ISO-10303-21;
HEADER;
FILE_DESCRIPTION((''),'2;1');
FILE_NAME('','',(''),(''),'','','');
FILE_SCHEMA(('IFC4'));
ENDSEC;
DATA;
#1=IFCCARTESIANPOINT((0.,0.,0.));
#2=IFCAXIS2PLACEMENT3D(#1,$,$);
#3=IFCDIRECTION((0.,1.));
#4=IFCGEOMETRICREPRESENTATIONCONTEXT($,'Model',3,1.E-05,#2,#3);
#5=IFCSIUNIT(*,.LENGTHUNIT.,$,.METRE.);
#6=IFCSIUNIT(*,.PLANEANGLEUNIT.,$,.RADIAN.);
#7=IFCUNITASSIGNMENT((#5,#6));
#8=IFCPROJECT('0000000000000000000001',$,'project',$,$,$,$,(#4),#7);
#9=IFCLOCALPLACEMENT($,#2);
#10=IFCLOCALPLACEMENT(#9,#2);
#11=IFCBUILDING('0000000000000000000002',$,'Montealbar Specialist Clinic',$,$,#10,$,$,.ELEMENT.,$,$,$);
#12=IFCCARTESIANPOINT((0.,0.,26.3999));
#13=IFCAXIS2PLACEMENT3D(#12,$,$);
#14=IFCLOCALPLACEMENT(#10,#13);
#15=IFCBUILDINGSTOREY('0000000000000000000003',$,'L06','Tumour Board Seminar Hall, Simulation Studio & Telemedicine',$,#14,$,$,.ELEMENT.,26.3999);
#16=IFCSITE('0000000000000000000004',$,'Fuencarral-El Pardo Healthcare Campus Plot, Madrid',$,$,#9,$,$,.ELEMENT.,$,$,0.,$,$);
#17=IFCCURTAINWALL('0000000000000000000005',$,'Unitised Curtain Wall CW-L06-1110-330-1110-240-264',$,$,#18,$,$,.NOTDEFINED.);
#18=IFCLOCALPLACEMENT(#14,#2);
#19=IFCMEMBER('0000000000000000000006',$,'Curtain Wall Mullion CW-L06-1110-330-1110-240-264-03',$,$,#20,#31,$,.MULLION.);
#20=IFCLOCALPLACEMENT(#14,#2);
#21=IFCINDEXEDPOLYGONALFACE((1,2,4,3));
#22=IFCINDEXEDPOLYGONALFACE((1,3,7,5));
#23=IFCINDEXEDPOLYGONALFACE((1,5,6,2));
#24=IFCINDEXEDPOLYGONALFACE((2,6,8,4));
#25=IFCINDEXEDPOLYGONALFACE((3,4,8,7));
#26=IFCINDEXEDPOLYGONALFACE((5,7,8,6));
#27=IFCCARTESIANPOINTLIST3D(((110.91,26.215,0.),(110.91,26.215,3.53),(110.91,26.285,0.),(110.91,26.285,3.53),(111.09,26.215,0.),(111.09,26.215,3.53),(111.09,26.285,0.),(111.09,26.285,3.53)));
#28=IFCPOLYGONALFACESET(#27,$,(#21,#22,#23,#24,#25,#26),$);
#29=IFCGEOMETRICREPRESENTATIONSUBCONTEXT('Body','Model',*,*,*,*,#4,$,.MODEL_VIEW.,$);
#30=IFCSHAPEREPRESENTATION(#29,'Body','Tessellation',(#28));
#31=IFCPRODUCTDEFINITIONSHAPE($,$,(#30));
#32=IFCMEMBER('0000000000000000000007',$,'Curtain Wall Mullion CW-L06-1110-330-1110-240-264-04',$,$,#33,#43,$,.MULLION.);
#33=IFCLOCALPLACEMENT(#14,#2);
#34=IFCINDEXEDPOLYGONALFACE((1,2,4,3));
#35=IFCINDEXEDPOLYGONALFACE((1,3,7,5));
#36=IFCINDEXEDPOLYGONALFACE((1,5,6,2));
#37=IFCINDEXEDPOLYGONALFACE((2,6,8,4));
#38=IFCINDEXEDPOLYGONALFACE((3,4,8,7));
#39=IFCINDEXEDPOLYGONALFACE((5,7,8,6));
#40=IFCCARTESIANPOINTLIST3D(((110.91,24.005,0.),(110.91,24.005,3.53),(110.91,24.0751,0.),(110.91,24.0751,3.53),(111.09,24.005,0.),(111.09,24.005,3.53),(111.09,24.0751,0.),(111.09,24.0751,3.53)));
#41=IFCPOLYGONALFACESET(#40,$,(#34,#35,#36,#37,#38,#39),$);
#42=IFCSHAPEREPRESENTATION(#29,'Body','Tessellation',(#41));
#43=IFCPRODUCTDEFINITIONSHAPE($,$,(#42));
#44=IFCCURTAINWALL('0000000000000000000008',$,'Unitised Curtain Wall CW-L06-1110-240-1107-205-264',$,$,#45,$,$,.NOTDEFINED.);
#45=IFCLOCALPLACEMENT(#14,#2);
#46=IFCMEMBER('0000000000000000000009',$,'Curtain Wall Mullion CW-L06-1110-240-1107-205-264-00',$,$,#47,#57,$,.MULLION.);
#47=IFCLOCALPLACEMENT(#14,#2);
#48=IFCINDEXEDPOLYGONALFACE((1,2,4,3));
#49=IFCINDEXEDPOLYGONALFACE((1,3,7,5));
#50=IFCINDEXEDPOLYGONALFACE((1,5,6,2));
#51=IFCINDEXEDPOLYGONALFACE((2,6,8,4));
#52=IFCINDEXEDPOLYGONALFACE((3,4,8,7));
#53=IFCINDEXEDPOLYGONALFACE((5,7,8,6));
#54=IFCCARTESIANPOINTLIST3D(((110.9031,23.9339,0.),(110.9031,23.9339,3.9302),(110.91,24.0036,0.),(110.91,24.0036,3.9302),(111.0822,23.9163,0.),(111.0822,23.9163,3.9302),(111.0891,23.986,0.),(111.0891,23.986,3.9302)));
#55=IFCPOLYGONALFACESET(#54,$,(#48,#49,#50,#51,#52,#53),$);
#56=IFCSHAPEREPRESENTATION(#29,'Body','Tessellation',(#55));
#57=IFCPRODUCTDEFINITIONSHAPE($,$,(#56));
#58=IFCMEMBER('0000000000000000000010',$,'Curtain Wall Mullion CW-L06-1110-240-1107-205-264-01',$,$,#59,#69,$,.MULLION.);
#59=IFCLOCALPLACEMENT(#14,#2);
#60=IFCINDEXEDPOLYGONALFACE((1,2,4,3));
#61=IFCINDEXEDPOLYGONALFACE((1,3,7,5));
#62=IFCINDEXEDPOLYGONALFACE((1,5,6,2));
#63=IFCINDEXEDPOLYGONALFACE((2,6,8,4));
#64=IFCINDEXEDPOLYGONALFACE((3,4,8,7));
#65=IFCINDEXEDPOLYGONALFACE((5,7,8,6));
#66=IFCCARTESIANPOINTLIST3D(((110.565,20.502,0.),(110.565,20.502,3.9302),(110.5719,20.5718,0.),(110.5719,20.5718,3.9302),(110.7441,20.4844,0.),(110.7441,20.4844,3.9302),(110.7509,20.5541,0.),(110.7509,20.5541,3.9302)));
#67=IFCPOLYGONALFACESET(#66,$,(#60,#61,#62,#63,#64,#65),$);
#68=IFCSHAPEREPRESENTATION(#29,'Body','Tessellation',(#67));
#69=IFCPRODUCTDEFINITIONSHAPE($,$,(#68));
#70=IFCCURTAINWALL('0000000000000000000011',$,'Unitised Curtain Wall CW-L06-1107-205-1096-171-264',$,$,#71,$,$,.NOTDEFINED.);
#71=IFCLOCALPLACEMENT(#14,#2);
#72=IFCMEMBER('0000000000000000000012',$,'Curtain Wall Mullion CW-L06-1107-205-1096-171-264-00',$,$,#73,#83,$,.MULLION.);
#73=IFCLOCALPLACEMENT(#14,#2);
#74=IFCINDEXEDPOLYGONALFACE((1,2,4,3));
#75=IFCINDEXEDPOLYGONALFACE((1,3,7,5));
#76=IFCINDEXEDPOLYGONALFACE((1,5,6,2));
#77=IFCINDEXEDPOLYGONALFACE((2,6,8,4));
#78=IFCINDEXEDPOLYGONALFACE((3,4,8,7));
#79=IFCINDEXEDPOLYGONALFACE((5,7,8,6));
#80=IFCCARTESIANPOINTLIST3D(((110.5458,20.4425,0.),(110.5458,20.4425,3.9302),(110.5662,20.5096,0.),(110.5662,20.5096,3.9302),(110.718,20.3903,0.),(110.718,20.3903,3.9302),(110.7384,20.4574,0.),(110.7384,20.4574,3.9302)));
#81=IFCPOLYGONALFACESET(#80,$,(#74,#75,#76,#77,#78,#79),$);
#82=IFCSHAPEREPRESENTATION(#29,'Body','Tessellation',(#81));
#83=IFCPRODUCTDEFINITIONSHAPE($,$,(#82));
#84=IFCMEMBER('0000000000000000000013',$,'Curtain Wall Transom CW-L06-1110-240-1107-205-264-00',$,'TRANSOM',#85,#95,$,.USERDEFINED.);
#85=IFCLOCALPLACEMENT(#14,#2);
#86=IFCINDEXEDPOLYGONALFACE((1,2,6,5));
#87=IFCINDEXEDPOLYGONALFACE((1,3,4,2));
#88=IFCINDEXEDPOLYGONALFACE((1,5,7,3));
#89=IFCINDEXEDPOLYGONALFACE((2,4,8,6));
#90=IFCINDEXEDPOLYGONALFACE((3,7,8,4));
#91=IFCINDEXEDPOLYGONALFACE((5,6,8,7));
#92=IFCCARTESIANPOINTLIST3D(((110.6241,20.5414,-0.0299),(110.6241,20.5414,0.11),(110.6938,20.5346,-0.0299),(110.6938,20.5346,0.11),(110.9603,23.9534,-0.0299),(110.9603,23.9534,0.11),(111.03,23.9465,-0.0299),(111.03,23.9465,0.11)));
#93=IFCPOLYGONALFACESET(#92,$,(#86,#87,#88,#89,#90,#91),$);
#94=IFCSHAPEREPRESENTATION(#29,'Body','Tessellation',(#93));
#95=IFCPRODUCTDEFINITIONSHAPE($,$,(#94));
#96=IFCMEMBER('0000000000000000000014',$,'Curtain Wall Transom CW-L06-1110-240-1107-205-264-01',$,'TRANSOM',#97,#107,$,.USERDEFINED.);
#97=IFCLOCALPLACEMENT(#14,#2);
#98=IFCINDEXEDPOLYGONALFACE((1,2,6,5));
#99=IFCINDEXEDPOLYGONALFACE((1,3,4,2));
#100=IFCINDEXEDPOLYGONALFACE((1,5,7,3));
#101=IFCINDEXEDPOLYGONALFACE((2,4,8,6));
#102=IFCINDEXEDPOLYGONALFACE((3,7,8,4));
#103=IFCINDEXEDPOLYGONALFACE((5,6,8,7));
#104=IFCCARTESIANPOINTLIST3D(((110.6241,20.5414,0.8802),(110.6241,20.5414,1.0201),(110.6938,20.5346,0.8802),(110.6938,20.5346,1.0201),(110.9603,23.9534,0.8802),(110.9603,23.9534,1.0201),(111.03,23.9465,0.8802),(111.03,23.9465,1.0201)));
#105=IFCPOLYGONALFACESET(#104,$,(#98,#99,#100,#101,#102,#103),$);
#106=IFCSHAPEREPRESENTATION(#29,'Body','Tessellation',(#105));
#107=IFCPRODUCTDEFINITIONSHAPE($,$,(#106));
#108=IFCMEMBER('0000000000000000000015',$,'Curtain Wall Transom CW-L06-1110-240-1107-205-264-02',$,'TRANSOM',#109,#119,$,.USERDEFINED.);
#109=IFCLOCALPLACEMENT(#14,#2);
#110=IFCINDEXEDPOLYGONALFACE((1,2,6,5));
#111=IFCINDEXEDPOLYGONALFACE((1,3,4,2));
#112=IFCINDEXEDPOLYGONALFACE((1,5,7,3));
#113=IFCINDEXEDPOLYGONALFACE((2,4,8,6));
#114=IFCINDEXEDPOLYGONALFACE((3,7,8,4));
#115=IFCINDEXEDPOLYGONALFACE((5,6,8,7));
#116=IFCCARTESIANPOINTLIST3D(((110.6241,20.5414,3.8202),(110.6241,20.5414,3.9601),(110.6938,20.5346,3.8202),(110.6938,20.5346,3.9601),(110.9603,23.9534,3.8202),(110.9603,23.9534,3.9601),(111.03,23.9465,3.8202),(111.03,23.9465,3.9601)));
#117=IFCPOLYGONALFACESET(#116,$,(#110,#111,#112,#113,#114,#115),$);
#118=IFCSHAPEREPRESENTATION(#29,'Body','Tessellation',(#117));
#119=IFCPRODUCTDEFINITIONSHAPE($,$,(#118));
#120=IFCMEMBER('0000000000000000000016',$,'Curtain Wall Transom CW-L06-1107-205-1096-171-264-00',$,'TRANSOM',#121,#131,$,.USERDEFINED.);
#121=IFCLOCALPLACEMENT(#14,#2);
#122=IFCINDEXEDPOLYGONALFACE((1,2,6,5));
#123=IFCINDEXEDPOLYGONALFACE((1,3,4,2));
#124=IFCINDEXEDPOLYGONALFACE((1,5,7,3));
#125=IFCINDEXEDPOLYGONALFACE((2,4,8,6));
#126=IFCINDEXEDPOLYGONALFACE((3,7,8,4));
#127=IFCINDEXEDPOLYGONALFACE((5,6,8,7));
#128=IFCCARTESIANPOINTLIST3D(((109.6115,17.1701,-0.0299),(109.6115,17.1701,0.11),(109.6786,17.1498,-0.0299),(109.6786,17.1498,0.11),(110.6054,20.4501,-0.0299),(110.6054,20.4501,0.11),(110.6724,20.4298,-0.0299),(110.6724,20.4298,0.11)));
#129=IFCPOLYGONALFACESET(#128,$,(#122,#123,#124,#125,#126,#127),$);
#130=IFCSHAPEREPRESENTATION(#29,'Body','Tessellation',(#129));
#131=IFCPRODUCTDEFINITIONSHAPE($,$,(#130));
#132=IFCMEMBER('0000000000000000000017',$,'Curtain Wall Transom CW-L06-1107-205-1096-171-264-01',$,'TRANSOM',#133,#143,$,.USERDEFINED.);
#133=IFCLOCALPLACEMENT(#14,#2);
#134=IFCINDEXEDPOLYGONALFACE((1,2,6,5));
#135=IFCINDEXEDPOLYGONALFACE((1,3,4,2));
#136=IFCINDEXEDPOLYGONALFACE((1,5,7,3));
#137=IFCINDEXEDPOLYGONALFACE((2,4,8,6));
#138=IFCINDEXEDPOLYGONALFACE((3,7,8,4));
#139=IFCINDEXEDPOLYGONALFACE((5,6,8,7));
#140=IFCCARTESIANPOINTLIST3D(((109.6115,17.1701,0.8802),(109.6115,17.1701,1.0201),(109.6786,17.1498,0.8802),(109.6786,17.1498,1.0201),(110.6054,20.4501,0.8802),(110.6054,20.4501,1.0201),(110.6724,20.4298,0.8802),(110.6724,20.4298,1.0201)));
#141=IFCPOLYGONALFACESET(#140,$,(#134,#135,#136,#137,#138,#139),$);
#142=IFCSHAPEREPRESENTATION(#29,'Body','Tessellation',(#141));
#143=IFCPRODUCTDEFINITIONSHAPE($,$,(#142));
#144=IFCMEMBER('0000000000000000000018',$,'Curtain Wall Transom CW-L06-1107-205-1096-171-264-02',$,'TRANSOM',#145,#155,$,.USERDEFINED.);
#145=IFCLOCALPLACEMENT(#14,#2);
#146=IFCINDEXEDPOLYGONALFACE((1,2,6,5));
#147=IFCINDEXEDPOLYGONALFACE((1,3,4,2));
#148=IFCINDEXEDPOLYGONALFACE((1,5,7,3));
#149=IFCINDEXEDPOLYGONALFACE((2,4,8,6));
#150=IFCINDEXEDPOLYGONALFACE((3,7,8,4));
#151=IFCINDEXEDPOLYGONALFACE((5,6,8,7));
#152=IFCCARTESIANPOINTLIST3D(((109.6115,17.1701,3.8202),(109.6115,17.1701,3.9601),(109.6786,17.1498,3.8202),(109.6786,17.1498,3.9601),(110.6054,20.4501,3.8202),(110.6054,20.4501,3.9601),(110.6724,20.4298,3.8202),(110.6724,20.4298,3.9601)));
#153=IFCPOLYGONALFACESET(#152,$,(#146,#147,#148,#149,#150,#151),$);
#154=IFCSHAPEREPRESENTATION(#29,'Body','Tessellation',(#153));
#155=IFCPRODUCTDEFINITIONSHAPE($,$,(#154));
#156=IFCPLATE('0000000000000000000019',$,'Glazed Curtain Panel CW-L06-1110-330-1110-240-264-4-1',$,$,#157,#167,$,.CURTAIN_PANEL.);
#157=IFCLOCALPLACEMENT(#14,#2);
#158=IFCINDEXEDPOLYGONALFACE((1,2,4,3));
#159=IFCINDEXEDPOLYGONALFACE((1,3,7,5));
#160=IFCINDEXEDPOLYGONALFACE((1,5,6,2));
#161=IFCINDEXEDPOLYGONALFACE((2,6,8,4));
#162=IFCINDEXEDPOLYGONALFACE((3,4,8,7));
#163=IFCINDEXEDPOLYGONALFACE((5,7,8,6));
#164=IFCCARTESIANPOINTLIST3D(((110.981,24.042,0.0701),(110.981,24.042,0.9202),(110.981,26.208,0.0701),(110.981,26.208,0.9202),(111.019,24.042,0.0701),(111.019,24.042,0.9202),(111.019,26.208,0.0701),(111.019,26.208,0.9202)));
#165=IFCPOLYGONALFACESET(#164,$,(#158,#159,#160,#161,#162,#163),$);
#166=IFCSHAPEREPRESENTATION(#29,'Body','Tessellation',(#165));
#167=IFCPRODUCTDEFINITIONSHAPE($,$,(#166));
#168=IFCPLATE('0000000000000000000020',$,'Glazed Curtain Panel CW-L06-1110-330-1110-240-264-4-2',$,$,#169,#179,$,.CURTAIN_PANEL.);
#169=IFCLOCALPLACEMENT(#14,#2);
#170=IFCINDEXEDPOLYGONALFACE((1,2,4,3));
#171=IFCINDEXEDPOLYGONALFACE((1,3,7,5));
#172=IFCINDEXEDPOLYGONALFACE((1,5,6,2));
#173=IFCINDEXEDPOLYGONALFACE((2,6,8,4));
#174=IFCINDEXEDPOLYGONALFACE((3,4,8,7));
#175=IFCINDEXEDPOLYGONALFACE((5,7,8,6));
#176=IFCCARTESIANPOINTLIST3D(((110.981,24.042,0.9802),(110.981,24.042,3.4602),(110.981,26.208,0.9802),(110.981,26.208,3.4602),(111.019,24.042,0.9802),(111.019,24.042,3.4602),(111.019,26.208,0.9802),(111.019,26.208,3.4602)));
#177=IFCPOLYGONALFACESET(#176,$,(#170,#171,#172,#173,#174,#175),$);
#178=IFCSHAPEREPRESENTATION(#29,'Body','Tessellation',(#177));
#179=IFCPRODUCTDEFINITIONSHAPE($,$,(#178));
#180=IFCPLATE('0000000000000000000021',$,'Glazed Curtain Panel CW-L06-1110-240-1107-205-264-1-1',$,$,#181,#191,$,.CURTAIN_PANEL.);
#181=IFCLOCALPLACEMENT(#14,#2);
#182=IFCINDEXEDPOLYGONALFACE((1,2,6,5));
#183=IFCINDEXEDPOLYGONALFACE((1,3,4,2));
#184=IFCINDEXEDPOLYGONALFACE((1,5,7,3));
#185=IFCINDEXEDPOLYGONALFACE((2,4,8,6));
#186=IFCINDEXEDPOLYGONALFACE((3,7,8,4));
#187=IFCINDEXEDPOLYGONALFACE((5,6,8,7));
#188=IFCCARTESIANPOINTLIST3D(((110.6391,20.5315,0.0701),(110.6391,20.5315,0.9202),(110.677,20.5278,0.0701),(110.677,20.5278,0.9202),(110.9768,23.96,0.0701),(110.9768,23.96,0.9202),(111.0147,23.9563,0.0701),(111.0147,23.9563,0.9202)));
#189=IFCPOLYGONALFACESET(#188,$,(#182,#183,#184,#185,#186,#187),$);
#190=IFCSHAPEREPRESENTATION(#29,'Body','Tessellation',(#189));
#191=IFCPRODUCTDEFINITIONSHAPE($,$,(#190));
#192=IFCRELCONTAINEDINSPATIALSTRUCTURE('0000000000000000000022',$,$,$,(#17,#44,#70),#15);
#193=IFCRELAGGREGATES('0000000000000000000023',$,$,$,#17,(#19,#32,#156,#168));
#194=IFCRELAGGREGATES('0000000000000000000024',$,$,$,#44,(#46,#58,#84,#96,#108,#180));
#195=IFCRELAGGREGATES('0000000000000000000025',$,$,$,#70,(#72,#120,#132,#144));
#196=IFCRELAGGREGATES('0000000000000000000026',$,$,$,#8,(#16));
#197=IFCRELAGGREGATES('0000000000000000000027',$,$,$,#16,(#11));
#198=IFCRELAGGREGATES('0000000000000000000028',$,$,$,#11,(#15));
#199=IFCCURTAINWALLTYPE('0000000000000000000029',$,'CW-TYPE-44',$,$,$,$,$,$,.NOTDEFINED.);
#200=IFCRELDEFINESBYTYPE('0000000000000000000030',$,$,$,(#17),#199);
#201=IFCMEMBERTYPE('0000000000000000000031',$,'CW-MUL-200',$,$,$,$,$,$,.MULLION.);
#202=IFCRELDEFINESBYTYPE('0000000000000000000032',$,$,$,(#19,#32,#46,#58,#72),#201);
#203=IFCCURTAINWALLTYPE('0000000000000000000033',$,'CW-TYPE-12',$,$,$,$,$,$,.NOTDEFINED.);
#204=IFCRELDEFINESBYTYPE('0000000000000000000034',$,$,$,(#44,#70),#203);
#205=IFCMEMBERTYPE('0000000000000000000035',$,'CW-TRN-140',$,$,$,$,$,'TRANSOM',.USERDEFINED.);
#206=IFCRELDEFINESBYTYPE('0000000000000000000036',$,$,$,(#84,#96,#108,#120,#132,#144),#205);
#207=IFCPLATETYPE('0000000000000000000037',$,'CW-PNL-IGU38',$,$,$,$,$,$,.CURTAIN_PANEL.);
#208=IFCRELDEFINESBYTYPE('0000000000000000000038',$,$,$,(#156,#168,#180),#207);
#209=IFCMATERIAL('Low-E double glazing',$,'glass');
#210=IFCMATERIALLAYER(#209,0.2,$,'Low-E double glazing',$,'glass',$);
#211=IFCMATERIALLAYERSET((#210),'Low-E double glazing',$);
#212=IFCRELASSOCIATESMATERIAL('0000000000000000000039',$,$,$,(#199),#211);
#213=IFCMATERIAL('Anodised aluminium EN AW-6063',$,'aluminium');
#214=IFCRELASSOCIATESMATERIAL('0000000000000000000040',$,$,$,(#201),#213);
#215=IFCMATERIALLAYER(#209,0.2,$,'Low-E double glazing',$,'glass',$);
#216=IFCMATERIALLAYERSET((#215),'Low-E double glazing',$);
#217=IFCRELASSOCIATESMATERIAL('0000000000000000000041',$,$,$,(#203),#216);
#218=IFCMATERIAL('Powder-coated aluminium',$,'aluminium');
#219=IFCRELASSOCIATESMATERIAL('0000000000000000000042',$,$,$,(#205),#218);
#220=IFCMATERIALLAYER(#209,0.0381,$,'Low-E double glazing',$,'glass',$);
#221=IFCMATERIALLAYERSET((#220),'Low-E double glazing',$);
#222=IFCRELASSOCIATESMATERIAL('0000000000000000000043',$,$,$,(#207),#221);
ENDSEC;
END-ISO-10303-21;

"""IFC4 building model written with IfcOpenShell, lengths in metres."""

from ifc_helpers import new_model, si_unit, direction, frame, origin, origin_2d, place, context, subcontext, project, spatial, rectangle, extrude, material, layer, layer_set, material_profile, profile_set, type_object, element, aggregate, save


model = new_model("IFC4")

# Units and contexts
model_context = context("Model", 3, precision=1e-05, world=origin(), true_north=direction((0.0, 1.0)))
body_context = subcontext(model_context, "Body", "Model", "MODEL_VIEW")
ifc_project = project(units=[si_unit("LENGTHUNIT", "METRE"), si_unit("PLANEANGLEUNIT", "RADIAN")], contexts=[model_context])

# Site, building, storey
site_placement = place(None, origin())
site = spatial("IfcSite", under=ifc_project, at=site_placement, Name="Fuencarral-El Pardo Healthcare Campus Plot, Madrid", CompositionType="ELEMENT", RefElevation=0.0)
building_placement = place(site_placement, origin())
building = spatial("IfcBuilding", under=site, at=building_placement, Name="Montealbar Specialist Clinic", CompositionType="ELEMENT")
storey_placement = place(building_placement, frame((0.0, 0.0, 26.3999)))
storey = spatial("IfcBuildingStorey", under=building, at=storey_placement, Name="L06", Description="Tumour Board Seminar Hall, Simulation Studio & Telemedicine", CompositionType="ELEMENT", Elevation=26.3999)

# Curtain walls, members
ifc_material_1 = material(Name="Low-E double glazing", Category="glass")
ifc_layer_1 = layer(ifc_material_1, 0.2, Name="Low-E double glazing", Category="glass")
ifc_layer_set_1 = layer_set([ifc_layer_1], Name="Low-E double glazing")
curtain_wall_type_1 = type_object("IfcCurtainWallType", Name="CW-TYPE-44", PredefinedType="NOTDEFINED", material=ifc_layer_set_1)
curtain_wall_1_placement = place(storey_placement, origin())
curtain_wall_1 = element("IfcCurtainWall", 1, at=curtain_wall_1_placement, inside=storey, type_object=curtain_wall_type_1, Name="Unitised Curtain Wall CW-L06-1110-330-1110-240-264", PredefinedType="NOTDEFINED")
ifc_material_2 = material(Name="Anodised aluminium EN AW-6063", Category="aluminium")
ifc_material_profile_1 = material_profile(ifc_material_2, rectangle(XDim=0.0701, YDim=0.1799, at=origin_2d()), Name="ALU 70x180", Category="aluminium")
ifc_profile_set_1 = profile_set([ifc_material_profile_1], Name="Anodised aluminium EN AW-6063")
member_type_1 = type_object("IfcMemberType", Name="CW-MUL-200", PredefinedType="MULLION", material=ifc_profile_set_1)
member_1_placement = place(storey_placement, frame((111.0, 26.25, 0.0), z_axis=(0.0, 0.0, 1.0), x_axis=(0.0, -1.0, 0.0)))
member_1 = element("IfcMember", 2, at=member_1_placement, type_object=member_type_1, Name="Curtain Wall Mullion CW-L06-1110-330-1110-240-264-03", PredefinedType="MULLION", context=body_context, shape_type="SweptSolid", body=[
    extrude(rectangle(XDim=0.0701, YDim=0.1799, at=origin_2d()), origin(), (0.0, 0.0, 1.0), 3.53),
])
member_2_placement = place(storey_placement, frame((111.0, 24.04, 0.0), z_axis=(0.0, 0.0, 1.0), x_axis=(0.0, -1.0, 0.0)))
member_2 = element("IfcMember", 3, at=member_2_placement, type_object=member_type_1, Name="Curtain Wall Mullion CW-L06-1110-330-1110-240-264-04", PredefinedType="MULLION", context=body_context, shape_type="SweptSolid", body=[
    extrude(rectangle(XDim=0.0701, YDim=0.1799, at=origin_2d()), origin(), (0.0, 0.0, 1.0), 3.53),
])
ifc_layer_2 = layer(ifc_material_1, 0.2, Name="Low-E double glazing", Category="glass")
ifc_layer_set_2 = layer_set([ifc_layer_2], Name="Low-E double glazing")
curtain_wall_type_2 = type_object("IfcCurtainWallType", Name="CW-TYPE-12", PredefinedType="NOTDEFINED", material=ifc_layer_set_2)
curtain_wall_2_placement = place(storey_placement, origin())
curtain_wall_2 = element("IfcCurtainWall", 4, at=curtain_wall_2_placement, inside=storey, type_object=curtain_wall_type_2, Name="Unitised Curtain Wall CW-L06-1110-240-1107-205-264", PredefinedType="NOTDEFINED")
member_3_placement = place(storey_placement, frame((110.9961, 23.96, 0.0), z_axis=(0.0, 0.0, 1.0), x_axis=(-0.098045, -0.995182, 0.0)))
member_3 = element("IfcMember", 5, at=member_3_placement, type_object=member_type_1, Name="Curtain Wall Mullion CW-L06-1110-240-1107-205-264-00", PredefinedType="MULLION", context=body_context, shape_type="SweptSolid", body=[
    extrude(rectangle(XDim=0.0701, YDim=0.1799, at=origin_2d()), origin(), (0.0, 0.0, 1.0), 3.9302),
])
member_4_placement = place(storey_placement, frame((110.658, 20.5281, 0.0), z_axis=(0.0, 0.0, 1.0), x_axis=(-0.098045, -0.995182, 0.0)))
member_4 = element("IfcMember", 6, at=member_4_placement, type_object=member_type_1, Name="Curtain Wall Mullion CW-L06-1110-240-1107-205-264-01", PredefinedType="MULLION", context=body_context, shape_type="SweptSolid", body=[
    extrude(rectangle(XDim=0.0701, YDim=0.1799, at=origin_2d()), origin(), (0.0, 0.0, 1.0), 3.9302),
])

# Curtain wall, member
curtain_wall_3_placement = place(storey_placement, origin())
curtain_wall_3 = element("IfcCurtainWall", 7, at=curtain_wall_3_placement, inside=storey, type_object=curtain_wall_type_2, Name="Unitised Curtain Wall CW-L06-1107-205-1096-171-264", PredefinedType="NOTDEFINED")
member_5_placement = place(storey_placement, frame((110.6421, 20.45, 0.0), z_axis=(0.0, 0.0, 1.0), x_axis=(-0.290259, -0.956948, 0.0)))
member_5 = element("IfcMember", 8, at=member_5_placement, type_object=member_type_1, Name="Curtain Wall Mullion CW-L06-1107-205-1096-171-264-00", PredefinedType="MULLION", context=body_context, shape_type="SweptSolid", body=[
    extrude(rectangle(XDim=0.0701, YDim=0.1799, at=origin_2d()), origin(), (0.0, 0.0, 1.0), 3.9302),
])

# Members
ifc_material_3 = material(Name="Powder-coated aluminium", Category="aluminium")
ifc_material_profile_2 = material_profile(ifc_material_3, rectangle(XDim=0.0701, YDim=0.1399, at=origin_2d()), Name="ALU 70x140", Category="aluminium")
ifc_profile_set_2 = profile_set([ifc_material_profile_2], Name="Powder-coated aluminium")
member_type_2 = type_object("IfcMemberType", Name="CW-TRN-140", ElementType="TRANSOM", PredefinedType="USERDEFINED", material=ifc_profile_set_2)
member_6_placement = place(storey_placement, frame((110.9951, 23.95, 0.04), z_axis=(-0.098058, -0.995181, 0.0), x_axis=(0.995181, -0.098058, 0.0)))
member_6 = element("IfcMember", 9, at=member_6_placement, type_object=member_type_2, Name="Curtain Wall Transom CW-L06-1110-240-1107-205-264-00", ObjectType="TRANSOM", PredefinedType="USERDEFINED", context=body_context, shape_type="SweptSolid", body=[
    extrude(rectangle(XDim=0.0701, YDim=0.1399, at=origin_2d()), origin(), (0.0, 0.0, 1.0), 3.4285),
])
member_7_placement = place(storey_placement, frame((110.9951, 23.95, 0.9502), z_axis=(-0.098058, -0.995181, 0.0), x_axis=(0.995181, -0.098058, 0.0)))
member_7 = element("IfcMember", 10, at=member_7_placement, type_object=member_type_2, Name="Curtain Wall Transom CW-L06-1110-240-1107-205-264-01", ObjectType="TRANSOM", PredefinedType="USERDEFINED", context=body_context, shape_type="SweptSolid", body=[
    extrude(rectangle(XDim=0.0701, YDim=0.1399, at=origin_2d()), origin(), (0.0, 0.0, 1.0), 3.4285),
])
member_8_placement = place(storey_placement, frame((110.9951, 23.95, 3.8901), z_axis=(-0.098058, -0.995181, 0.0), x_axis=(0.995181, -0.098058, 0.0)))
member_8 = element("IfcMember", 11, at=member_8_placement, type_object=member_type_2, Name="Curtain Wall Transom CW-L06-1110-240-1107-205-264-02", ObjectType="TRANSOM", PredefinedType="USERDEFINED", context=body_context, shape_type="SweptSolid", body=[
    extrude(rectangle(XDim=0.0701, YDim=0.1399, at=origin_2d()), origin(), (0.0, 0.0, 1.0), 3.4285),
])
member_9_placement = place(storey_placement, frame((110.6389, 20.4399, 0.04), z_axis=(-0.289994, -0.957029, 0.0), x_axis=(0.957029, -0.289994, 0.0)))
member_9 = element("IfcMember", 12, at=member_9_placement, type_object=member_type_2, Name="Curtain Wall Transom CW-L06-1107-205-1096-171-264-00", ObjectType="TRANSOM", PredefinedType="USERDEFINED", context=body_context, shape_type="SweptSolid", body=[
    extrude(rectangle(XDim=0.0701, YDim=0.1399, at=origin_2d()), origin(), (0.0, 0.0, 1.0), 3.4272),
])
member_10_placement = place(storey_placement, frame((110.6389, 20.4399, 0.9502), z_axis=(-0.289994, -0.957029, 0.0), x_axis=(0.957029, -0.289994, 0.0)))
member_10 = element("IfcMember", 13, at=member_10_placement, type_object=member_type_2, Name="Curtain Wall Transom CW-L06-1107-205-1096-171-264-01", ObjectType="TRANSOM", PredefinedType="USERDEFINED", context=body_context, shape_type="SweptSolid", body=[
    extrude(rectangle(XDim=0.0701, YDim=0.1399, at=origin_2d()), origin(), (0.0, 0.0, 1.0), 3.4272),
])
member_11_placement = place(storey_placement, frame((110.6389, 20.4399, 3.8901), z_axis=(-0.289994, -0.957029, 0.0), x_axis=(0.957029, -0.289994, 0.0)))
member_11 = element("IfcMember", 14, at=member_11_placement, type_object=member_type_2, Name="Curtain Wall Transom CW-L06-1107-205-1096-171-264-02", ObjectType="TRANSOM", PredefinedType="USERDEFINED", context=body_context, shape_type="SweptSolid", body=[
    extrude(rectangle(XDim=0.0701, YDim=0.1399, at=origin_2d()), origin(), (0.0, 0.0, 1.0), 3.4272),
])

# Plates
ifc_layer_3 = layer(ifc_material_1, 0.0381, Name="Low-E double glazing", Category="glass")
ifc_layer_set_3 = layer_set([ifc_layer_3], Name="Low-E double glazing")
plate_type = type_object("IfcPlateType", Name="CW-PNL-IGU38", PredefinedType="CURTAIN_PANEL", material=ifc_layer_set_3)
plate_1_placement = place(storey_placement, frame((111.0, 25.125, 0.0701), z_axis=(0.0, 0.0, 1.0), x_axis=(0.0, -1.0, 0.0)))
plate_1 = element("IfcPlate", 15, at=plate_1_placement, type_object=plate_type, Name="Glazed Curtain Panel CW-L06-1110-330-1110-240-264-4-1", PredefinedType="CURTAIN_PANEL", context=body_context, shape_type="SweptSolid", body=[
    extrude(rectangle(XDim=2.166, YDim=0.0381, at=origin_2d()), origin(), (0.0, 0.0, 1.0), 0.8501),
])
plate_2_placement = place(storey_placement, frame((111.0, 25.125, 0.9802), z_axis=(0.0, 0.0, 1.0), x_axis=(0.0, -1.0, 0.0)))
plate_2 = element("IfcPlate", 16, at=plate_2_placement, type_object=plate_type, Name="Glazed Curtain Panel CW-L06-1110-330-1110-240-264-4-2", PredefinedType="CURTAIN_PANEL", context=body_context, shape_type="SweptSolid", body=[
    extrude(rectangle(XDim=2.166, YDim=0.0381, at=origin_2d()), origin(), (0.0, 0.0, 1.0), 2.48),
])
aggregate(curtain_wall_1, [member_1, member_2, plate_1, plate_2])
plate_3_placement = place(storey_placement, frame((110.8269, 22.2439, 0.0701), z_axis=(0.0, 0.0, 1.0), x_axis=(-0.098045, -0.995182, 0.0)))
plate_3 = element("IfcPlate", 17, at=plate_3_placement, type_object=plate_type, Name="Glazed Curtain Panel CW-L06-1110-240-1107-205-264-1-1", PredefinedType="CURTAIN_PANEL", context=body_context, shape_type="SweptSolid", body=[
    extrude(rectangle(XDim=3.4451, YDim=0.0381, at=origin_2d()), origin(), (0.0, 0.0, 1.0), 0.8501),
])
aggregate(curtain_wall_2, [member_3, member_4, member_6, member_7, member_8, plate_3])
aggregate(curtain_wall_3, [member_5, member_9, member_10, member_11])

save(model, "model.ifc")
